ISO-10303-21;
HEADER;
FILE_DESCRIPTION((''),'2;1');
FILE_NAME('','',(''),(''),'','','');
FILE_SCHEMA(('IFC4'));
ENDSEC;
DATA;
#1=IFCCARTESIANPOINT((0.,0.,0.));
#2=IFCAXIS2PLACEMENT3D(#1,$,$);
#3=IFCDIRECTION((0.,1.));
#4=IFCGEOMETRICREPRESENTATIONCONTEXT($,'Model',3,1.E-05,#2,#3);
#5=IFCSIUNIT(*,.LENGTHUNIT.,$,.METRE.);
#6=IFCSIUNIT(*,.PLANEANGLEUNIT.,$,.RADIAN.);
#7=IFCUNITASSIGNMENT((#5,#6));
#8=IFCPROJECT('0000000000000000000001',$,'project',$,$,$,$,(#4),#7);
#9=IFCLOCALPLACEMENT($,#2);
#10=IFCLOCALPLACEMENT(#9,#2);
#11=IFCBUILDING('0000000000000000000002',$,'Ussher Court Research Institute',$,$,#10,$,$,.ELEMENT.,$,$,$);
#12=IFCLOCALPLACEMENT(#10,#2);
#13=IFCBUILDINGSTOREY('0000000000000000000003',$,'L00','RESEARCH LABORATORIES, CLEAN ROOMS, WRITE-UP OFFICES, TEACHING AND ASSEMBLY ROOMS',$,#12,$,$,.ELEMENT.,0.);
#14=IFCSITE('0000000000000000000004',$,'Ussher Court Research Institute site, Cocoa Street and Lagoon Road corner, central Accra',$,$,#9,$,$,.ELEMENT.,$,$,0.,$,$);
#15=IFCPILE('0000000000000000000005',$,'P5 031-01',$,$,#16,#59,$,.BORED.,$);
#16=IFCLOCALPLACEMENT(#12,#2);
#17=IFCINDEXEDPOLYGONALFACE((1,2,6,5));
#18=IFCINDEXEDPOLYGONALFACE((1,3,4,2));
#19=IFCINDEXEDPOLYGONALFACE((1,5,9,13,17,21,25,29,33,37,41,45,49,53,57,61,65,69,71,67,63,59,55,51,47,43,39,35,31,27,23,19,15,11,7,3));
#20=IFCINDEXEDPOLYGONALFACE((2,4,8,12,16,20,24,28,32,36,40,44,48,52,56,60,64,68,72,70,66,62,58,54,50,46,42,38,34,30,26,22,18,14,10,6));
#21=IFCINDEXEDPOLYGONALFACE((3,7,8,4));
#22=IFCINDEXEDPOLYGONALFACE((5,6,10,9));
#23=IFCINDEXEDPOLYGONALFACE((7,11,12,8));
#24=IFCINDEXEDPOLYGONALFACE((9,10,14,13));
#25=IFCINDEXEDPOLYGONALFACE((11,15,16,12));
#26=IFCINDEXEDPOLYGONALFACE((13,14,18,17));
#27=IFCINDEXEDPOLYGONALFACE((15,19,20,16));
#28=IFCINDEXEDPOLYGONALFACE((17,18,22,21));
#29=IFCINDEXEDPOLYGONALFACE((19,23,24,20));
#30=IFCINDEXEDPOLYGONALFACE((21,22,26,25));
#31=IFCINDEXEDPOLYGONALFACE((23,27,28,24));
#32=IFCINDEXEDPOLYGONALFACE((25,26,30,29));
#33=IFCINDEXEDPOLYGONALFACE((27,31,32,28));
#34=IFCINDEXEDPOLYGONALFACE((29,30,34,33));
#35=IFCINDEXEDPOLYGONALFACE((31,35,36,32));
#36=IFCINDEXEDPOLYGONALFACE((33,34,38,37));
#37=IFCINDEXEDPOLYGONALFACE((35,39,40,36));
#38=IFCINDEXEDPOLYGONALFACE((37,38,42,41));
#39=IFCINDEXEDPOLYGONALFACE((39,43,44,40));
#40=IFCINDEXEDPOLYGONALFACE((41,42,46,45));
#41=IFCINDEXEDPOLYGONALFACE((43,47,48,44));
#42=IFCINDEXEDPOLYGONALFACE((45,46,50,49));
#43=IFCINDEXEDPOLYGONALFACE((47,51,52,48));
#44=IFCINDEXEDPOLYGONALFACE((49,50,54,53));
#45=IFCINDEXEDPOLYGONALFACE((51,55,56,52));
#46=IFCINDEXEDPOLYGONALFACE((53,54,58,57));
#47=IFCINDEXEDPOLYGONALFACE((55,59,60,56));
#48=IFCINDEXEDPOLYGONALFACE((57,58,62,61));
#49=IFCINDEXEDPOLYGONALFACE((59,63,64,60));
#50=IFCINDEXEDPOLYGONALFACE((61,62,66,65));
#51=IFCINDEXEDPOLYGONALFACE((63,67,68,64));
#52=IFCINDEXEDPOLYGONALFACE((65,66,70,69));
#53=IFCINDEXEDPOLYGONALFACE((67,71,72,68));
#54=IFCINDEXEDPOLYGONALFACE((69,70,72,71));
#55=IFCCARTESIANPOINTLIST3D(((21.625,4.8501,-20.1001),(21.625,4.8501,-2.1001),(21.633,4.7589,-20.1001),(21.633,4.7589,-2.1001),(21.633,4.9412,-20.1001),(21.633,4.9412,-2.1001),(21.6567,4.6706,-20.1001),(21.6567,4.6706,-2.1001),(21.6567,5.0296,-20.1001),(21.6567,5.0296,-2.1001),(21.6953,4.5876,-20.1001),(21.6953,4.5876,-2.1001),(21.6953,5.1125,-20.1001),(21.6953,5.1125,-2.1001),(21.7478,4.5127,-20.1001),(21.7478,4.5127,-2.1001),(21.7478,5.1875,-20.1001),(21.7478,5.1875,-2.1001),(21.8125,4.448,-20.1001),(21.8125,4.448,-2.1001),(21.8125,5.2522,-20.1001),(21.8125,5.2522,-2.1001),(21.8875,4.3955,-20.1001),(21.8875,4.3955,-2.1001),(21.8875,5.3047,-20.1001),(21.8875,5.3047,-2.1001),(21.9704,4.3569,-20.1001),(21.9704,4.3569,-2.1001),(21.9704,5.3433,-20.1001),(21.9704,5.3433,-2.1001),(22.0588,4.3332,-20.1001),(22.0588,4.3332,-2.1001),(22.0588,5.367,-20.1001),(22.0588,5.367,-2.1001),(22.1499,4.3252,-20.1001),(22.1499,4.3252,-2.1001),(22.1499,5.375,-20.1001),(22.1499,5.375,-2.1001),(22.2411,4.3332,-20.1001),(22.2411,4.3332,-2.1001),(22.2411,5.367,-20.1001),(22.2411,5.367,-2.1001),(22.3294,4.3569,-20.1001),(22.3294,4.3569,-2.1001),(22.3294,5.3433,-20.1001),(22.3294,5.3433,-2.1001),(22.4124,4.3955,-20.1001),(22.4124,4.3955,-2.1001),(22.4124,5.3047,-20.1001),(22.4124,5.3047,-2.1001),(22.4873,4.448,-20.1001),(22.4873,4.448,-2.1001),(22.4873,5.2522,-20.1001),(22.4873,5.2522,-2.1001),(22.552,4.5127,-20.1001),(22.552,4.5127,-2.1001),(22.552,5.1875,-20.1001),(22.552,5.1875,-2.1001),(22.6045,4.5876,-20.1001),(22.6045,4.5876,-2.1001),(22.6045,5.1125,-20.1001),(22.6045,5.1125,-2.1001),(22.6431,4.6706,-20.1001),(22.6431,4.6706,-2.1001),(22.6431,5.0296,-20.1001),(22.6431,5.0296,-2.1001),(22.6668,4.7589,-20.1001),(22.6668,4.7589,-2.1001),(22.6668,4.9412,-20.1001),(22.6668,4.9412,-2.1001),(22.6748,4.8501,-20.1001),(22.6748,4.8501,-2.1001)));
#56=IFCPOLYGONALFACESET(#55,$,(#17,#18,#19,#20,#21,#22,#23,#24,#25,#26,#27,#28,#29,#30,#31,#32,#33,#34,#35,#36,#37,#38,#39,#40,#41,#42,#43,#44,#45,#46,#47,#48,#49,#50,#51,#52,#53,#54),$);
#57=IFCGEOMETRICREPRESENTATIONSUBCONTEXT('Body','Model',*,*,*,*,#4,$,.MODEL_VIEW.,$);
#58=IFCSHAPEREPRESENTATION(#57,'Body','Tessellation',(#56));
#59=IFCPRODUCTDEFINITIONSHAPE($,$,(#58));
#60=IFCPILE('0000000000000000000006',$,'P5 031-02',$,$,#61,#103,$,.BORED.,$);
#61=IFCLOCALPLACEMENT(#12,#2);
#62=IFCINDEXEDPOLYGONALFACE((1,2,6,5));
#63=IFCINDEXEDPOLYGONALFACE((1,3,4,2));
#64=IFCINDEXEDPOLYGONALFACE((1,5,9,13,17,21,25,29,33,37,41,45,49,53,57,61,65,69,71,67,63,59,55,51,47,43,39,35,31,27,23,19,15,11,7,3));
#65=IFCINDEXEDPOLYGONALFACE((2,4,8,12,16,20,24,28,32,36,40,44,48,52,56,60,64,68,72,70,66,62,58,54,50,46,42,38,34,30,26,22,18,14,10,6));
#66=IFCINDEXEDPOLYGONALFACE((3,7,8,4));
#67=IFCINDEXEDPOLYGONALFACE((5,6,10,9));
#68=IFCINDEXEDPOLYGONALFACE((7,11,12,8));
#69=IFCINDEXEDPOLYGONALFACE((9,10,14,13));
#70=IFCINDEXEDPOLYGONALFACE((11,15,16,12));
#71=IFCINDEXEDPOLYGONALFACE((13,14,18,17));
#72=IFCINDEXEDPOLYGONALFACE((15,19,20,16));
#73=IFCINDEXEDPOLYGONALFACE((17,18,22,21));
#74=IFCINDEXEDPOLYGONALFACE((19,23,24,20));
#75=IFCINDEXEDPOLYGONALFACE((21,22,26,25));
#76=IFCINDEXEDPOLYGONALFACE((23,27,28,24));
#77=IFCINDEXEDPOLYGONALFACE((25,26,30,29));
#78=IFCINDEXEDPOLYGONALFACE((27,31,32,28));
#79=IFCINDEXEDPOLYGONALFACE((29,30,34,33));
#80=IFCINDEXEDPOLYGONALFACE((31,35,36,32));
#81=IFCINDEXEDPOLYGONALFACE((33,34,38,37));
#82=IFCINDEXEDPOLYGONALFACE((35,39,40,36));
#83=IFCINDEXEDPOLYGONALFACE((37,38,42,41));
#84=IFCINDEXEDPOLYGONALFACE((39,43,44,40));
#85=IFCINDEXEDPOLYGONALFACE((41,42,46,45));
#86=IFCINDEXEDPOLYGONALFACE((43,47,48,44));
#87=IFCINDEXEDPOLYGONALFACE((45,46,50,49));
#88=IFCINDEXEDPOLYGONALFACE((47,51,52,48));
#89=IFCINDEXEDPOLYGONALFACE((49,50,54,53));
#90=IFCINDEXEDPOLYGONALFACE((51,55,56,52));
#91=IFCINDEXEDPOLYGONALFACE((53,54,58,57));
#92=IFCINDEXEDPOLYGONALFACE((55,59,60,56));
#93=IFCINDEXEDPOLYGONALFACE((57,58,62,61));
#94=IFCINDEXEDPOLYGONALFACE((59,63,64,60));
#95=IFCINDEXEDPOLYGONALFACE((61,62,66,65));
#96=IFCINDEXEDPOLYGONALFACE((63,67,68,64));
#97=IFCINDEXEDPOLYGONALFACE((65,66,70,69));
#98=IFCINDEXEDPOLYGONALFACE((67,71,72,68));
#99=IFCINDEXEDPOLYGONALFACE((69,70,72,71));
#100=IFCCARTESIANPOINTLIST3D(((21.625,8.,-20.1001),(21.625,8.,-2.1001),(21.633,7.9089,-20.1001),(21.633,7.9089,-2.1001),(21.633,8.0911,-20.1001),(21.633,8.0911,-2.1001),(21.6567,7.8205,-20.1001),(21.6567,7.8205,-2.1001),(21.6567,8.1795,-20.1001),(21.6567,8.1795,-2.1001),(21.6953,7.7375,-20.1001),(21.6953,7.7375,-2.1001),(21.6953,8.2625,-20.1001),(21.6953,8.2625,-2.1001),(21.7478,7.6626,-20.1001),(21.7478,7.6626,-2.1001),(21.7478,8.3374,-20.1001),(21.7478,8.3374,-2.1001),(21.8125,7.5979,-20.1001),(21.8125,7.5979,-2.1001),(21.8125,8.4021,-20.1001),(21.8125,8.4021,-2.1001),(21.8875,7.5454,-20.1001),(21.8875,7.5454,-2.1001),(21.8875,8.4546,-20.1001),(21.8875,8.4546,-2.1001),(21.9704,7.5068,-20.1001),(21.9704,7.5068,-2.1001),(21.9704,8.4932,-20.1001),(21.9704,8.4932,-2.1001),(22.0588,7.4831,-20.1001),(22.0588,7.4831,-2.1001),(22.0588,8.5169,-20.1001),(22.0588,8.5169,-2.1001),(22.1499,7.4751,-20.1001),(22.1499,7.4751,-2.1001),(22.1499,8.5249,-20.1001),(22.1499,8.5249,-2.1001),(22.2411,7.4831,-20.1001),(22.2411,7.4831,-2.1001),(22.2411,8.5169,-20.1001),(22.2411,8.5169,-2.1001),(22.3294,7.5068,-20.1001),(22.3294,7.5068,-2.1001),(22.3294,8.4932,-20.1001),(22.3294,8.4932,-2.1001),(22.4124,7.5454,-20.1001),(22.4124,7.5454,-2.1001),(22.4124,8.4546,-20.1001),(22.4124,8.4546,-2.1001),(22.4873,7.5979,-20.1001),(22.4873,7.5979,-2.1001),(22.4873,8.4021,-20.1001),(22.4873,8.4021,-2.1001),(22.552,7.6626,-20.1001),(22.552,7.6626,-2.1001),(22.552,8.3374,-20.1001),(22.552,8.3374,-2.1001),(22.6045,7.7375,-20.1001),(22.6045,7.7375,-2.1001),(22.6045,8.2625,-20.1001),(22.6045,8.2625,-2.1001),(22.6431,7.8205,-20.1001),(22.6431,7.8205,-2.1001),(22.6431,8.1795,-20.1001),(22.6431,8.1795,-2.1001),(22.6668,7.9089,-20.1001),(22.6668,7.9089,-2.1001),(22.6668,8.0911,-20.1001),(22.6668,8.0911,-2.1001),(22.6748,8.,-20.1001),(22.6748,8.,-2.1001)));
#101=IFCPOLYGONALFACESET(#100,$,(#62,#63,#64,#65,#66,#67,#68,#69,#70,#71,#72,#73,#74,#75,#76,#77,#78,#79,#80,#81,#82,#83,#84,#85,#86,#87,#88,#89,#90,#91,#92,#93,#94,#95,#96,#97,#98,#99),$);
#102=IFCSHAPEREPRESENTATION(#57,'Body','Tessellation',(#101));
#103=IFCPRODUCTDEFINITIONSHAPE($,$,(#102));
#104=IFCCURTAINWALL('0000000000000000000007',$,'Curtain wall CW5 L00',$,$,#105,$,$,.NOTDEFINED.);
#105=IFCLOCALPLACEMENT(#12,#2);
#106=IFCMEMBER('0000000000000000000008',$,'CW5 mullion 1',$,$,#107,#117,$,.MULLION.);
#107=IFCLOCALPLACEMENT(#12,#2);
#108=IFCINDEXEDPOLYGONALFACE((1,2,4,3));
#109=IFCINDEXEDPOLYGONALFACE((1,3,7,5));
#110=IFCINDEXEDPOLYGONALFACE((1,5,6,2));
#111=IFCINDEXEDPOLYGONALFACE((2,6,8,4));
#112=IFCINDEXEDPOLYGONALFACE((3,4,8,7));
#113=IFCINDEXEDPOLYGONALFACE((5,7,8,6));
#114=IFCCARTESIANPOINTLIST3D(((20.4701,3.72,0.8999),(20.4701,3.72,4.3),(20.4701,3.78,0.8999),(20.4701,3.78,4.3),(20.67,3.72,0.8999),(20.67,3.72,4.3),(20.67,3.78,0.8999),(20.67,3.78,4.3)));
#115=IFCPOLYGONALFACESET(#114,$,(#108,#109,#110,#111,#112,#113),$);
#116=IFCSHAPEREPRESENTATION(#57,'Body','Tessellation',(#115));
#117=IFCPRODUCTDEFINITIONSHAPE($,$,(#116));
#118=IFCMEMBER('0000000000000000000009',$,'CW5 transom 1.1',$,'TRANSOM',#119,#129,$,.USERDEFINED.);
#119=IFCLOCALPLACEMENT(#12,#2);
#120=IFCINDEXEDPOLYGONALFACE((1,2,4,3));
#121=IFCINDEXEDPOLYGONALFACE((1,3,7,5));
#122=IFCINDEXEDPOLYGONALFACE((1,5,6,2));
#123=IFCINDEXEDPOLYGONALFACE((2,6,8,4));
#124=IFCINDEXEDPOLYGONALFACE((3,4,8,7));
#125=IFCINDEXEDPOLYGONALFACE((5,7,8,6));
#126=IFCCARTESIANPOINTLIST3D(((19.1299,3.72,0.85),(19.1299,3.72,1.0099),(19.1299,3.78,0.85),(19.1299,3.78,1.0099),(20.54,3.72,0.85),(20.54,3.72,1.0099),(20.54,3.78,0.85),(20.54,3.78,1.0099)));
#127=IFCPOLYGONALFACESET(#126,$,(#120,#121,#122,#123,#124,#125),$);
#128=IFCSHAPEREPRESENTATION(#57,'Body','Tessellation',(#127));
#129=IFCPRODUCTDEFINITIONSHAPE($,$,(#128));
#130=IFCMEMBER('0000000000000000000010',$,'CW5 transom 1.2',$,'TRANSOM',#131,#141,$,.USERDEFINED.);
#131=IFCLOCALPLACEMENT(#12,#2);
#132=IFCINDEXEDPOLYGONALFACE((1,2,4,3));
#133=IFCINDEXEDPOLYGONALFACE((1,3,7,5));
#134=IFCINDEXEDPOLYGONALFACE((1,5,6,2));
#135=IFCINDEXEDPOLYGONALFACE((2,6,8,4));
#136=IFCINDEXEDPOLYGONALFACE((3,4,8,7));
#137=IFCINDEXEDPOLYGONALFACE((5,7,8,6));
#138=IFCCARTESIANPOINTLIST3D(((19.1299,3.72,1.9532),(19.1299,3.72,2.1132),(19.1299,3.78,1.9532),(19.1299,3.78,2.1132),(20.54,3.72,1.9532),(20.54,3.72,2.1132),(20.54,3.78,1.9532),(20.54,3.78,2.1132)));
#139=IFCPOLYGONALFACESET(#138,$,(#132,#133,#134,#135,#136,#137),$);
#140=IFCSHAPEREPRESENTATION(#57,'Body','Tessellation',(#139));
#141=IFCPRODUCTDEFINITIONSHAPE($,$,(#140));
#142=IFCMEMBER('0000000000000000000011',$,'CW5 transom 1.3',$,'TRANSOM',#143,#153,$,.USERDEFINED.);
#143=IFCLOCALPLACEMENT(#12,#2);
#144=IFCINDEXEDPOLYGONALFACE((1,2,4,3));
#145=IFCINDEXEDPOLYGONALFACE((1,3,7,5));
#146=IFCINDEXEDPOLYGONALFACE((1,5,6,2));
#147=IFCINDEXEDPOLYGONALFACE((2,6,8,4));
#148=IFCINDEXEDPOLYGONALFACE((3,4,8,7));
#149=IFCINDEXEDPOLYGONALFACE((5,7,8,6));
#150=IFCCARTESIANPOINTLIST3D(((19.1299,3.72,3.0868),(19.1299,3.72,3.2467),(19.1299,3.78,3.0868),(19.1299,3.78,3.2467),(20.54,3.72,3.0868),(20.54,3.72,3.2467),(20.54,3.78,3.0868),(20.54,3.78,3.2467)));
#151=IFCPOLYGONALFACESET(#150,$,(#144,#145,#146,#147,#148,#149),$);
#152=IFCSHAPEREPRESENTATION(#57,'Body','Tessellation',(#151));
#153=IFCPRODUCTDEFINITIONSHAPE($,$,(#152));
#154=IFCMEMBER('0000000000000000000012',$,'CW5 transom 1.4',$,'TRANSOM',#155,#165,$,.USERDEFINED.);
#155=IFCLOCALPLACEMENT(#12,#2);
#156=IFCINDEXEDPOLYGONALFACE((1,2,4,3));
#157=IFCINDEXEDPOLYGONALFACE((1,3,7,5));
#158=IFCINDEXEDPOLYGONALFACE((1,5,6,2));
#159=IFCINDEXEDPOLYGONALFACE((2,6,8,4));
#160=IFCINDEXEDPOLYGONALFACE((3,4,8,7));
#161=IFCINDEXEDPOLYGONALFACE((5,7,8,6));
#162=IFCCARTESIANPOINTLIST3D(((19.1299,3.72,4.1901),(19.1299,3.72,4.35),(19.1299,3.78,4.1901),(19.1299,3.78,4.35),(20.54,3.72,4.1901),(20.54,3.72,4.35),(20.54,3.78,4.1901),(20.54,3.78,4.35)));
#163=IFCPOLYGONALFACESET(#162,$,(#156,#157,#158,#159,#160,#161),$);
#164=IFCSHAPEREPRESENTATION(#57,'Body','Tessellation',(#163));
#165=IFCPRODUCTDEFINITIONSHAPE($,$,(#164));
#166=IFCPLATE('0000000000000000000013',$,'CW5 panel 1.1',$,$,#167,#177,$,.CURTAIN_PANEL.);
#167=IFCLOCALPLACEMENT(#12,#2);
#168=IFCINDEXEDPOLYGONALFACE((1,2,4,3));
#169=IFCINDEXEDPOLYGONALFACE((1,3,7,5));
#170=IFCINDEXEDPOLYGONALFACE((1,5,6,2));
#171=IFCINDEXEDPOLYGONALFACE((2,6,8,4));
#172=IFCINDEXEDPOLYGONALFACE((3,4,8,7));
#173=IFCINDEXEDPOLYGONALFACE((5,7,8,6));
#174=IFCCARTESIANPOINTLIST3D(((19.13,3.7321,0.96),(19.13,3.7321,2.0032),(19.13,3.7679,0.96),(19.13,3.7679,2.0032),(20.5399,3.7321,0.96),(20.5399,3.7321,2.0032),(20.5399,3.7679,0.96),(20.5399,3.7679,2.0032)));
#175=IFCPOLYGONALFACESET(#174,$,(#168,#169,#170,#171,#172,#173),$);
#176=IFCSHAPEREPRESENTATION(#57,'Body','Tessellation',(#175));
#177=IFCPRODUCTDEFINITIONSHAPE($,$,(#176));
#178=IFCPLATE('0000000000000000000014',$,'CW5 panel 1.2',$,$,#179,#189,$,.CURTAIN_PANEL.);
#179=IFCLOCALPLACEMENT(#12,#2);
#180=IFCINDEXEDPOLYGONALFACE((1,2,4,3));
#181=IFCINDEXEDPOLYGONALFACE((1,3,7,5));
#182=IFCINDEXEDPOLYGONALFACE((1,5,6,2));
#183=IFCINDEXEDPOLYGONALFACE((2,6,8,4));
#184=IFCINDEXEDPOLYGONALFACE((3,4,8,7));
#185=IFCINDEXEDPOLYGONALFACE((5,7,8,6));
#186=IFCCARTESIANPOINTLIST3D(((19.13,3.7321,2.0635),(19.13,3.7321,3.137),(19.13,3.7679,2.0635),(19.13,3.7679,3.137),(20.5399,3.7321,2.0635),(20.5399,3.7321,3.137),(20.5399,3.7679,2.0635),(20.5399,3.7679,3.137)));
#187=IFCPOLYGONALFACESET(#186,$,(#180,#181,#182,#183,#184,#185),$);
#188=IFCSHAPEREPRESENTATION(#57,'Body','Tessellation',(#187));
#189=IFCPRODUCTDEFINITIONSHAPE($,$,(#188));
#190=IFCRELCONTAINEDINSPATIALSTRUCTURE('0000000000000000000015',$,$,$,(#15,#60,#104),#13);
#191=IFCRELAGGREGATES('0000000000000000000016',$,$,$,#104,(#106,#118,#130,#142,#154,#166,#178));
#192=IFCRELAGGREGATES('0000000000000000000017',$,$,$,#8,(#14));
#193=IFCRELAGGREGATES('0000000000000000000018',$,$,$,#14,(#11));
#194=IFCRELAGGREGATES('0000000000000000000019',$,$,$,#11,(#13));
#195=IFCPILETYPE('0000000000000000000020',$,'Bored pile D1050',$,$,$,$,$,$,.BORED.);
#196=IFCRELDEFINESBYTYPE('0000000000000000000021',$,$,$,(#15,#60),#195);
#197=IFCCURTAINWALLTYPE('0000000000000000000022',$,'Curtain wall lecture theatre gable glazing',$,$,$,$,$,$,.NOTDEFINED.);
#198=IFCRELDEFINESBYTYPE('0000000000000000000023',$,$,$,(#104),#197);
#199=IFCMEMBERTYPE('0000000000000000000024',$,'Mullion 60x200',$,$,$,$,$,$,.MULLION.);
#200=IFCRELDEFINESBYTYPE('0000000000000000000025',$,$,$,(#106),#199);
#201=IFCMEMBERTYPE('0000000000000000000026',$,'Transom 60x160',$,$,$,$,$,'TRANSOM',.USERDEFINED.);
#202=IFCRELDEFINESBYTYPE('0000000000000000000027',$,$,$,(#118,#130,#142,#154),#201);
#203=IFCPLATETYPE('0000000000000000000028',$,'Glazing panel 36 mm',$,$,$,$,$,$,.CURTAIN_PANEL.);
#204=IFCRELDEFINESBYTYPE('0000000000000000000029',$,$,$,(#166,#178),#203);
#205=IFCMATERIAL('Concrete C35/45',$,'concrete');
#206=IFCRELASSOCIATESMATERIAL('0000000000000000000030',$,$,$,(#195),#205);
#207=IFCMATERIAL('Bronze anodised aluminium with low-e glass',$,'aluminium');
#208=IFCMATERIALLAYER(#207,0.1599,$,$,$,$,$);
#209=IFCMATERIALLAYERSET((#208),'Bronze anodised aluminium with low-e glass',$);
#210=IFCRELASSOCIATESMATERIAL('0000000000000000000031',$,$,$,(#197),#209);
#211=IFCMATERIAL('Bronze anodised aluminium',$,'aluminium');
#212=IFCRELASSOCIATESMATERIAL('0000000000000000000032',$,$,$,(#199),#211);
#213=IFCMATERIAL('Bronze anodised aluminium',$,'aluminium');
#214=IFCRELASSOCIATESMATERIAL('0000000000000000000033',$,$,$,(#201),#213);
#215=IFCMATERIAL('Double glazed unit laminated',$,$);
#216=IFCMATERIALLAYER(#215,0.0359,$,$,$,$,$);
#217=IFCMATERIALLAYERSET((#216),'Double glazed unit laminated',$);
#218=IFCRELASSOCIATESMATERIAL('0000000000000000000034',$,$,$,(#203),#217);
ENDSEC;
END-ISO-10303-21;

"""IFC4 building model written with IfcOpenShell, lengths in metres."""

from ifc_helpers import new_model, si_unit, direction, frame, origin, origin_2d, place, context, subcontext, project, spatial, rectangle, circle, extrude, material, layer, layer_set, material_profile, profile_set, type_object, element, aggregate, save


model = new_model("IFC4")

# Units and contexts
model_context = context("Model", 3, precision=1e-05, world=origin(), true_north=direction((0.0, 1.0)))
body_context = subcontext(model_context, "Body", "Model", "MODEL_VIEW")
ifc_project = project(units=[si_unit("LENGTHUNIT", "METRE"), si_unit("PLANEANGLEUNIT", "RADIAN")], contexts=[model_context])

# Site, building, storey
site_placement = place(None, origin())
site = spatial("IfcSite", under=ifc_project, at=site_placement, Name="Ussher Court Research Institute site, Cocoa Street and Lagoon Road corner, central Accra", CompositionType="ELEMENT", RefElevation=0.0)
building_placement = place(site_placement, origin())
building = spatial("IfcBuilding", under=site, at=building_placement, Name="Ussher Court Research Institute", CompositionType="ELEMENT")
storey_placement = place(building_placement, origin())
storey = spatial("IfcBuildingStorey", under=building, at=storey_placement, Name="L00", Description="RESEARCH LABORATORIES, CLEAN ROOMS, WRITE-UP OFFICES, TEACHING AND ASSEMBLY ROOMS", CompositionType="ELEMENT", Elevation=0.0)

# Piles
ifc_material_1 = material(Name="Concrete C35/45", Category="concrete")
ifc_material_profile_1 = material_profile(ifc_material_1, circle(Radius=0.5249, at=origin_2d()), Name="RC D1050")
ifc_profile_set_1 = profile_set([ifc_material_profile_1], Name="Concrete C35/45")
pile_type = type_object("IfcPileType", Name="Bored pile D1050", PredefinedType="BORED", material=ifc_profile_set_1)
for number, where, z_axis, x_axis, name in (
    (1, (22.1499, 4.8501, -2.1001), (0.0, 0.0, -1.0), (1.0, 0.0, 0.0), "P5 031-01"),
    (2, (22.1499, 8.0, -2.1001), (0.0, 0.0, -1.0), (1.0, 0.0, 0.0), "P5 031-02"),
):
    element("IfcPile", number, at=place(storey_placement, frame(where, z_axis=z_axis, x_axis=x_axis)), inside=storey, type_object=pile_type, Name=name, PredefinedType="BORED", context=body_context, shape_type="SweptSolid", body=[
        extrude(circle(Radius=0.5249, at=origin_2d()), origin(), (0.0, 0.0, 1.0), 18.0),
    ])

# Curtain wall, members, plates
ifc_material_2 = material(Name="Bronze anodised aluminium with low-e glass", Category="aluminium")
ifc_layer_1 = layer(ifc_material_2, 0.1599)
ifc_layer_set_1 = layer_set([ifc_layer_1], Name="Bronze anodised aluminium with low-e glass")
curtain_wall_type = type_object("IfcCurtainWallType", Name="Curtain wall lecture theatre gable glazing", PredefinedType="NOTDEFINED", material=ifc_layer_set_1)
curtain_wall_placement = place(storey_placement, origin())
curtain_wall = element("IfcCurtainWall", 3, at=curtain_wall_placement, inside=storey, type_object=curtain_wall_type, Name="Curtain wall CW5 L00", PredefinedType="NOTDEFINED")
ifc_material_3 = material(Name="Bronze anodised aluminium", Category="aluminium")
ifc_material_profile_2 = material_profile(ifc_material_3, rectangle(XDim=0.0601, YDim=0.2, at=origin_2d()), Name="Mullion 60x200")
ifc_profile_set_2 = profile_set([ifc_material_profile_2], Name="Bronze anodised aluminium")
member_type_1 = type_object("IfcMemberType", Name="Mullion 60x200", PredefinedType="MULLION", material=ifc_profile_set_2)
member_1_placement = place(storey_placement, frame((20.5701, 3.75, 0.8999), z_axis=(0.0, 0.0, 1.0), x_axis=(0.0, -1.0, 0.0)))
member_1 = element("IfcMember", 4, at=member_1_placement, type_object=member_type_1, Name="CW5 mullion 1", PredefinedType="MULLION", context=body_context, shape_type="SweptSolid", body=[
    extrude(rectangle(XDim=0.0601, YDim=0.2, at=origin_2d()), origin(), (0.0, 0.0, 1.0), 3.4001),
])
ifc_material_4 = material(Name="Bronze anodised aluminium", Category="aluminium")
ifc_material_profile_3 = material_profile(ifc_material_4, rectangle(XDim=0.0601, YDim=0.1599, at=origin_2d()), Name="Transom 60x160")
ifc_profile_set_3 = profile_set([ifc_material_profile_3], Name="Bronze anodised aluminium")
member_type_2 = type_object("IfcMemberType", Name="Transom 60x160", ElementType="TRANSOM", PredefinedType="USERDEFINED", material=ifc_profile_set_3)
member_2_placement = place(storey_placement, frame((20.54, 3.75, 0.9299), z_axis=(-1.0, 0.0, 0.0), x_axis=(0.0, -1.0, 0.0)))
member_2 = element("IfcMember", 5, at=member_2_placement, type_object=member_type_2, Name="CW5 transom 1.1", ObjectType="TRANSOM", PredefinedType="USERDEFINED", context=body_context, shape_type="SweptSolid", body=[
    extrude(rectangle(XDim=0.0601, YDim=0.1599, at=origin_2d()), origin(), (0.0, 0.0, 1.0), 1.4102),
])
member_3_placement = place(storey_placement, frame((20.54, 3.75, 2.0332), z_axis=(-1.0, 0.0, 0.0), x_axis=(0.0, -1.0, 0.0)))
member_3 = element("IfcMember", 6, at=member_3_placement, type_object=member_type_2, Name="CW5 transom 1.2", ObjectType="TRANSOM", PredefinedType="USERDEFINED", context=body_context, shape_type="SweptSolid", body=[
    extrude(rectangle(XDim=0.0601, YDim=0.1599, at=origin_2d()), origin(), (0.0, 0.0, 1.0), 1.4102),
])
member_4_placement = place(storey_placement, frame((20.54, 3.75, 3.1667), z_axis=(-1.0, 0.0, 0.0), x_axis=(0.0, -1.0, 0.0)))
member_4 = element("IfcMember", 7, at=member_4_placement, type_object=member_type_2, Name="CW5 transom 1.3", ObjectType="TRANSOM", PredefinedType="USERDEFINED", context=body_context, shape_type="SweptSolid", body=[
    extrude(rectangle(XDim=0.0601, YDim=0.1599, at=origin_2d()), origin(), (0.0, 0.0, 1.0), 1.4102),
])
member_5_placement = place(storey_placement, frame((20.54, 3.75, 4.27), z_axis=(-1.0, 0.0, 0.0), x_axis=(0.0, -1.0, 0.0)))
member_5 = element("IfcMember", 8, at=member_5_placement, type_object=member_type_2, Name="CW5 transom 1.4", ObjectType="TRANSOM", PredefinedType="USERDEFINED", context=body_context, shape_type="SweptSolid", body=[
    extrude(rectangle(XDim=0.0601, YDim=0.1599, at=origin_2d()), origin(), (0.0, 0.0, 1.0), 1.4102),
])
ifc_material_5 = material(Name="Double glazed unit laminated")
ifc_layer_2 = layer(ifc_material_5, 0.0359)
ifc_layer_set_2 = layer_set([ifc_layer_2], Name="Double glazed unit laminated")
plate_type = type_object("IfcPlateType", Name="Glazing panel 36 mm", PredefinedType="CURTAIN_PANEL", material=ifc_layer_set_2)
plate_1_placement = place(storey_placement, frame((19.835, 3.75, 0.96), z_axis=(0.0, 0.0, 1.0), x_axis=(-1.0, 0.0, 0.0)))
plate_1 = element("IfcPlate", 9, at=plate_1_placement, type_object=plate_type, Name="CW5 panel 1.1", PredefinedType="CURTAIN_PANEL", context=body_context, shape_type="SweptSolid", body=[
    extrude(rectangle(XDim=1.4099, YDim=0.0359, at=origin_2d()), origin(), (0.0, 0.0, 1.0), 1.0432),
])
plate_2_placement = place(storey_placement, frame((19.835, 3.75, 2.0635), z_axis=(0.0, 0.0, 1.0), x_axis=(-1.0, 0.0, 0.0)))
plate_2 = element("IfcPlate", 10, at=plate_2_placement, type_object=plate_type, Name="CW5 panel 1.2", PredefinedType="CURTAIN_PANEL", context=body_context, shape_type="SweptSolid", body=[
    extrude(rectangle(XDim=1.4099, YDim=0.0359, at=origin_2d()), origin(), (0.0, 0.0, 1.0), 1.0735),
])
aggregate(curtain_wall, [member_1, member_2, member_3, member_4, member_5, plate_1, plate_2])

save(model, "model.ifc")
